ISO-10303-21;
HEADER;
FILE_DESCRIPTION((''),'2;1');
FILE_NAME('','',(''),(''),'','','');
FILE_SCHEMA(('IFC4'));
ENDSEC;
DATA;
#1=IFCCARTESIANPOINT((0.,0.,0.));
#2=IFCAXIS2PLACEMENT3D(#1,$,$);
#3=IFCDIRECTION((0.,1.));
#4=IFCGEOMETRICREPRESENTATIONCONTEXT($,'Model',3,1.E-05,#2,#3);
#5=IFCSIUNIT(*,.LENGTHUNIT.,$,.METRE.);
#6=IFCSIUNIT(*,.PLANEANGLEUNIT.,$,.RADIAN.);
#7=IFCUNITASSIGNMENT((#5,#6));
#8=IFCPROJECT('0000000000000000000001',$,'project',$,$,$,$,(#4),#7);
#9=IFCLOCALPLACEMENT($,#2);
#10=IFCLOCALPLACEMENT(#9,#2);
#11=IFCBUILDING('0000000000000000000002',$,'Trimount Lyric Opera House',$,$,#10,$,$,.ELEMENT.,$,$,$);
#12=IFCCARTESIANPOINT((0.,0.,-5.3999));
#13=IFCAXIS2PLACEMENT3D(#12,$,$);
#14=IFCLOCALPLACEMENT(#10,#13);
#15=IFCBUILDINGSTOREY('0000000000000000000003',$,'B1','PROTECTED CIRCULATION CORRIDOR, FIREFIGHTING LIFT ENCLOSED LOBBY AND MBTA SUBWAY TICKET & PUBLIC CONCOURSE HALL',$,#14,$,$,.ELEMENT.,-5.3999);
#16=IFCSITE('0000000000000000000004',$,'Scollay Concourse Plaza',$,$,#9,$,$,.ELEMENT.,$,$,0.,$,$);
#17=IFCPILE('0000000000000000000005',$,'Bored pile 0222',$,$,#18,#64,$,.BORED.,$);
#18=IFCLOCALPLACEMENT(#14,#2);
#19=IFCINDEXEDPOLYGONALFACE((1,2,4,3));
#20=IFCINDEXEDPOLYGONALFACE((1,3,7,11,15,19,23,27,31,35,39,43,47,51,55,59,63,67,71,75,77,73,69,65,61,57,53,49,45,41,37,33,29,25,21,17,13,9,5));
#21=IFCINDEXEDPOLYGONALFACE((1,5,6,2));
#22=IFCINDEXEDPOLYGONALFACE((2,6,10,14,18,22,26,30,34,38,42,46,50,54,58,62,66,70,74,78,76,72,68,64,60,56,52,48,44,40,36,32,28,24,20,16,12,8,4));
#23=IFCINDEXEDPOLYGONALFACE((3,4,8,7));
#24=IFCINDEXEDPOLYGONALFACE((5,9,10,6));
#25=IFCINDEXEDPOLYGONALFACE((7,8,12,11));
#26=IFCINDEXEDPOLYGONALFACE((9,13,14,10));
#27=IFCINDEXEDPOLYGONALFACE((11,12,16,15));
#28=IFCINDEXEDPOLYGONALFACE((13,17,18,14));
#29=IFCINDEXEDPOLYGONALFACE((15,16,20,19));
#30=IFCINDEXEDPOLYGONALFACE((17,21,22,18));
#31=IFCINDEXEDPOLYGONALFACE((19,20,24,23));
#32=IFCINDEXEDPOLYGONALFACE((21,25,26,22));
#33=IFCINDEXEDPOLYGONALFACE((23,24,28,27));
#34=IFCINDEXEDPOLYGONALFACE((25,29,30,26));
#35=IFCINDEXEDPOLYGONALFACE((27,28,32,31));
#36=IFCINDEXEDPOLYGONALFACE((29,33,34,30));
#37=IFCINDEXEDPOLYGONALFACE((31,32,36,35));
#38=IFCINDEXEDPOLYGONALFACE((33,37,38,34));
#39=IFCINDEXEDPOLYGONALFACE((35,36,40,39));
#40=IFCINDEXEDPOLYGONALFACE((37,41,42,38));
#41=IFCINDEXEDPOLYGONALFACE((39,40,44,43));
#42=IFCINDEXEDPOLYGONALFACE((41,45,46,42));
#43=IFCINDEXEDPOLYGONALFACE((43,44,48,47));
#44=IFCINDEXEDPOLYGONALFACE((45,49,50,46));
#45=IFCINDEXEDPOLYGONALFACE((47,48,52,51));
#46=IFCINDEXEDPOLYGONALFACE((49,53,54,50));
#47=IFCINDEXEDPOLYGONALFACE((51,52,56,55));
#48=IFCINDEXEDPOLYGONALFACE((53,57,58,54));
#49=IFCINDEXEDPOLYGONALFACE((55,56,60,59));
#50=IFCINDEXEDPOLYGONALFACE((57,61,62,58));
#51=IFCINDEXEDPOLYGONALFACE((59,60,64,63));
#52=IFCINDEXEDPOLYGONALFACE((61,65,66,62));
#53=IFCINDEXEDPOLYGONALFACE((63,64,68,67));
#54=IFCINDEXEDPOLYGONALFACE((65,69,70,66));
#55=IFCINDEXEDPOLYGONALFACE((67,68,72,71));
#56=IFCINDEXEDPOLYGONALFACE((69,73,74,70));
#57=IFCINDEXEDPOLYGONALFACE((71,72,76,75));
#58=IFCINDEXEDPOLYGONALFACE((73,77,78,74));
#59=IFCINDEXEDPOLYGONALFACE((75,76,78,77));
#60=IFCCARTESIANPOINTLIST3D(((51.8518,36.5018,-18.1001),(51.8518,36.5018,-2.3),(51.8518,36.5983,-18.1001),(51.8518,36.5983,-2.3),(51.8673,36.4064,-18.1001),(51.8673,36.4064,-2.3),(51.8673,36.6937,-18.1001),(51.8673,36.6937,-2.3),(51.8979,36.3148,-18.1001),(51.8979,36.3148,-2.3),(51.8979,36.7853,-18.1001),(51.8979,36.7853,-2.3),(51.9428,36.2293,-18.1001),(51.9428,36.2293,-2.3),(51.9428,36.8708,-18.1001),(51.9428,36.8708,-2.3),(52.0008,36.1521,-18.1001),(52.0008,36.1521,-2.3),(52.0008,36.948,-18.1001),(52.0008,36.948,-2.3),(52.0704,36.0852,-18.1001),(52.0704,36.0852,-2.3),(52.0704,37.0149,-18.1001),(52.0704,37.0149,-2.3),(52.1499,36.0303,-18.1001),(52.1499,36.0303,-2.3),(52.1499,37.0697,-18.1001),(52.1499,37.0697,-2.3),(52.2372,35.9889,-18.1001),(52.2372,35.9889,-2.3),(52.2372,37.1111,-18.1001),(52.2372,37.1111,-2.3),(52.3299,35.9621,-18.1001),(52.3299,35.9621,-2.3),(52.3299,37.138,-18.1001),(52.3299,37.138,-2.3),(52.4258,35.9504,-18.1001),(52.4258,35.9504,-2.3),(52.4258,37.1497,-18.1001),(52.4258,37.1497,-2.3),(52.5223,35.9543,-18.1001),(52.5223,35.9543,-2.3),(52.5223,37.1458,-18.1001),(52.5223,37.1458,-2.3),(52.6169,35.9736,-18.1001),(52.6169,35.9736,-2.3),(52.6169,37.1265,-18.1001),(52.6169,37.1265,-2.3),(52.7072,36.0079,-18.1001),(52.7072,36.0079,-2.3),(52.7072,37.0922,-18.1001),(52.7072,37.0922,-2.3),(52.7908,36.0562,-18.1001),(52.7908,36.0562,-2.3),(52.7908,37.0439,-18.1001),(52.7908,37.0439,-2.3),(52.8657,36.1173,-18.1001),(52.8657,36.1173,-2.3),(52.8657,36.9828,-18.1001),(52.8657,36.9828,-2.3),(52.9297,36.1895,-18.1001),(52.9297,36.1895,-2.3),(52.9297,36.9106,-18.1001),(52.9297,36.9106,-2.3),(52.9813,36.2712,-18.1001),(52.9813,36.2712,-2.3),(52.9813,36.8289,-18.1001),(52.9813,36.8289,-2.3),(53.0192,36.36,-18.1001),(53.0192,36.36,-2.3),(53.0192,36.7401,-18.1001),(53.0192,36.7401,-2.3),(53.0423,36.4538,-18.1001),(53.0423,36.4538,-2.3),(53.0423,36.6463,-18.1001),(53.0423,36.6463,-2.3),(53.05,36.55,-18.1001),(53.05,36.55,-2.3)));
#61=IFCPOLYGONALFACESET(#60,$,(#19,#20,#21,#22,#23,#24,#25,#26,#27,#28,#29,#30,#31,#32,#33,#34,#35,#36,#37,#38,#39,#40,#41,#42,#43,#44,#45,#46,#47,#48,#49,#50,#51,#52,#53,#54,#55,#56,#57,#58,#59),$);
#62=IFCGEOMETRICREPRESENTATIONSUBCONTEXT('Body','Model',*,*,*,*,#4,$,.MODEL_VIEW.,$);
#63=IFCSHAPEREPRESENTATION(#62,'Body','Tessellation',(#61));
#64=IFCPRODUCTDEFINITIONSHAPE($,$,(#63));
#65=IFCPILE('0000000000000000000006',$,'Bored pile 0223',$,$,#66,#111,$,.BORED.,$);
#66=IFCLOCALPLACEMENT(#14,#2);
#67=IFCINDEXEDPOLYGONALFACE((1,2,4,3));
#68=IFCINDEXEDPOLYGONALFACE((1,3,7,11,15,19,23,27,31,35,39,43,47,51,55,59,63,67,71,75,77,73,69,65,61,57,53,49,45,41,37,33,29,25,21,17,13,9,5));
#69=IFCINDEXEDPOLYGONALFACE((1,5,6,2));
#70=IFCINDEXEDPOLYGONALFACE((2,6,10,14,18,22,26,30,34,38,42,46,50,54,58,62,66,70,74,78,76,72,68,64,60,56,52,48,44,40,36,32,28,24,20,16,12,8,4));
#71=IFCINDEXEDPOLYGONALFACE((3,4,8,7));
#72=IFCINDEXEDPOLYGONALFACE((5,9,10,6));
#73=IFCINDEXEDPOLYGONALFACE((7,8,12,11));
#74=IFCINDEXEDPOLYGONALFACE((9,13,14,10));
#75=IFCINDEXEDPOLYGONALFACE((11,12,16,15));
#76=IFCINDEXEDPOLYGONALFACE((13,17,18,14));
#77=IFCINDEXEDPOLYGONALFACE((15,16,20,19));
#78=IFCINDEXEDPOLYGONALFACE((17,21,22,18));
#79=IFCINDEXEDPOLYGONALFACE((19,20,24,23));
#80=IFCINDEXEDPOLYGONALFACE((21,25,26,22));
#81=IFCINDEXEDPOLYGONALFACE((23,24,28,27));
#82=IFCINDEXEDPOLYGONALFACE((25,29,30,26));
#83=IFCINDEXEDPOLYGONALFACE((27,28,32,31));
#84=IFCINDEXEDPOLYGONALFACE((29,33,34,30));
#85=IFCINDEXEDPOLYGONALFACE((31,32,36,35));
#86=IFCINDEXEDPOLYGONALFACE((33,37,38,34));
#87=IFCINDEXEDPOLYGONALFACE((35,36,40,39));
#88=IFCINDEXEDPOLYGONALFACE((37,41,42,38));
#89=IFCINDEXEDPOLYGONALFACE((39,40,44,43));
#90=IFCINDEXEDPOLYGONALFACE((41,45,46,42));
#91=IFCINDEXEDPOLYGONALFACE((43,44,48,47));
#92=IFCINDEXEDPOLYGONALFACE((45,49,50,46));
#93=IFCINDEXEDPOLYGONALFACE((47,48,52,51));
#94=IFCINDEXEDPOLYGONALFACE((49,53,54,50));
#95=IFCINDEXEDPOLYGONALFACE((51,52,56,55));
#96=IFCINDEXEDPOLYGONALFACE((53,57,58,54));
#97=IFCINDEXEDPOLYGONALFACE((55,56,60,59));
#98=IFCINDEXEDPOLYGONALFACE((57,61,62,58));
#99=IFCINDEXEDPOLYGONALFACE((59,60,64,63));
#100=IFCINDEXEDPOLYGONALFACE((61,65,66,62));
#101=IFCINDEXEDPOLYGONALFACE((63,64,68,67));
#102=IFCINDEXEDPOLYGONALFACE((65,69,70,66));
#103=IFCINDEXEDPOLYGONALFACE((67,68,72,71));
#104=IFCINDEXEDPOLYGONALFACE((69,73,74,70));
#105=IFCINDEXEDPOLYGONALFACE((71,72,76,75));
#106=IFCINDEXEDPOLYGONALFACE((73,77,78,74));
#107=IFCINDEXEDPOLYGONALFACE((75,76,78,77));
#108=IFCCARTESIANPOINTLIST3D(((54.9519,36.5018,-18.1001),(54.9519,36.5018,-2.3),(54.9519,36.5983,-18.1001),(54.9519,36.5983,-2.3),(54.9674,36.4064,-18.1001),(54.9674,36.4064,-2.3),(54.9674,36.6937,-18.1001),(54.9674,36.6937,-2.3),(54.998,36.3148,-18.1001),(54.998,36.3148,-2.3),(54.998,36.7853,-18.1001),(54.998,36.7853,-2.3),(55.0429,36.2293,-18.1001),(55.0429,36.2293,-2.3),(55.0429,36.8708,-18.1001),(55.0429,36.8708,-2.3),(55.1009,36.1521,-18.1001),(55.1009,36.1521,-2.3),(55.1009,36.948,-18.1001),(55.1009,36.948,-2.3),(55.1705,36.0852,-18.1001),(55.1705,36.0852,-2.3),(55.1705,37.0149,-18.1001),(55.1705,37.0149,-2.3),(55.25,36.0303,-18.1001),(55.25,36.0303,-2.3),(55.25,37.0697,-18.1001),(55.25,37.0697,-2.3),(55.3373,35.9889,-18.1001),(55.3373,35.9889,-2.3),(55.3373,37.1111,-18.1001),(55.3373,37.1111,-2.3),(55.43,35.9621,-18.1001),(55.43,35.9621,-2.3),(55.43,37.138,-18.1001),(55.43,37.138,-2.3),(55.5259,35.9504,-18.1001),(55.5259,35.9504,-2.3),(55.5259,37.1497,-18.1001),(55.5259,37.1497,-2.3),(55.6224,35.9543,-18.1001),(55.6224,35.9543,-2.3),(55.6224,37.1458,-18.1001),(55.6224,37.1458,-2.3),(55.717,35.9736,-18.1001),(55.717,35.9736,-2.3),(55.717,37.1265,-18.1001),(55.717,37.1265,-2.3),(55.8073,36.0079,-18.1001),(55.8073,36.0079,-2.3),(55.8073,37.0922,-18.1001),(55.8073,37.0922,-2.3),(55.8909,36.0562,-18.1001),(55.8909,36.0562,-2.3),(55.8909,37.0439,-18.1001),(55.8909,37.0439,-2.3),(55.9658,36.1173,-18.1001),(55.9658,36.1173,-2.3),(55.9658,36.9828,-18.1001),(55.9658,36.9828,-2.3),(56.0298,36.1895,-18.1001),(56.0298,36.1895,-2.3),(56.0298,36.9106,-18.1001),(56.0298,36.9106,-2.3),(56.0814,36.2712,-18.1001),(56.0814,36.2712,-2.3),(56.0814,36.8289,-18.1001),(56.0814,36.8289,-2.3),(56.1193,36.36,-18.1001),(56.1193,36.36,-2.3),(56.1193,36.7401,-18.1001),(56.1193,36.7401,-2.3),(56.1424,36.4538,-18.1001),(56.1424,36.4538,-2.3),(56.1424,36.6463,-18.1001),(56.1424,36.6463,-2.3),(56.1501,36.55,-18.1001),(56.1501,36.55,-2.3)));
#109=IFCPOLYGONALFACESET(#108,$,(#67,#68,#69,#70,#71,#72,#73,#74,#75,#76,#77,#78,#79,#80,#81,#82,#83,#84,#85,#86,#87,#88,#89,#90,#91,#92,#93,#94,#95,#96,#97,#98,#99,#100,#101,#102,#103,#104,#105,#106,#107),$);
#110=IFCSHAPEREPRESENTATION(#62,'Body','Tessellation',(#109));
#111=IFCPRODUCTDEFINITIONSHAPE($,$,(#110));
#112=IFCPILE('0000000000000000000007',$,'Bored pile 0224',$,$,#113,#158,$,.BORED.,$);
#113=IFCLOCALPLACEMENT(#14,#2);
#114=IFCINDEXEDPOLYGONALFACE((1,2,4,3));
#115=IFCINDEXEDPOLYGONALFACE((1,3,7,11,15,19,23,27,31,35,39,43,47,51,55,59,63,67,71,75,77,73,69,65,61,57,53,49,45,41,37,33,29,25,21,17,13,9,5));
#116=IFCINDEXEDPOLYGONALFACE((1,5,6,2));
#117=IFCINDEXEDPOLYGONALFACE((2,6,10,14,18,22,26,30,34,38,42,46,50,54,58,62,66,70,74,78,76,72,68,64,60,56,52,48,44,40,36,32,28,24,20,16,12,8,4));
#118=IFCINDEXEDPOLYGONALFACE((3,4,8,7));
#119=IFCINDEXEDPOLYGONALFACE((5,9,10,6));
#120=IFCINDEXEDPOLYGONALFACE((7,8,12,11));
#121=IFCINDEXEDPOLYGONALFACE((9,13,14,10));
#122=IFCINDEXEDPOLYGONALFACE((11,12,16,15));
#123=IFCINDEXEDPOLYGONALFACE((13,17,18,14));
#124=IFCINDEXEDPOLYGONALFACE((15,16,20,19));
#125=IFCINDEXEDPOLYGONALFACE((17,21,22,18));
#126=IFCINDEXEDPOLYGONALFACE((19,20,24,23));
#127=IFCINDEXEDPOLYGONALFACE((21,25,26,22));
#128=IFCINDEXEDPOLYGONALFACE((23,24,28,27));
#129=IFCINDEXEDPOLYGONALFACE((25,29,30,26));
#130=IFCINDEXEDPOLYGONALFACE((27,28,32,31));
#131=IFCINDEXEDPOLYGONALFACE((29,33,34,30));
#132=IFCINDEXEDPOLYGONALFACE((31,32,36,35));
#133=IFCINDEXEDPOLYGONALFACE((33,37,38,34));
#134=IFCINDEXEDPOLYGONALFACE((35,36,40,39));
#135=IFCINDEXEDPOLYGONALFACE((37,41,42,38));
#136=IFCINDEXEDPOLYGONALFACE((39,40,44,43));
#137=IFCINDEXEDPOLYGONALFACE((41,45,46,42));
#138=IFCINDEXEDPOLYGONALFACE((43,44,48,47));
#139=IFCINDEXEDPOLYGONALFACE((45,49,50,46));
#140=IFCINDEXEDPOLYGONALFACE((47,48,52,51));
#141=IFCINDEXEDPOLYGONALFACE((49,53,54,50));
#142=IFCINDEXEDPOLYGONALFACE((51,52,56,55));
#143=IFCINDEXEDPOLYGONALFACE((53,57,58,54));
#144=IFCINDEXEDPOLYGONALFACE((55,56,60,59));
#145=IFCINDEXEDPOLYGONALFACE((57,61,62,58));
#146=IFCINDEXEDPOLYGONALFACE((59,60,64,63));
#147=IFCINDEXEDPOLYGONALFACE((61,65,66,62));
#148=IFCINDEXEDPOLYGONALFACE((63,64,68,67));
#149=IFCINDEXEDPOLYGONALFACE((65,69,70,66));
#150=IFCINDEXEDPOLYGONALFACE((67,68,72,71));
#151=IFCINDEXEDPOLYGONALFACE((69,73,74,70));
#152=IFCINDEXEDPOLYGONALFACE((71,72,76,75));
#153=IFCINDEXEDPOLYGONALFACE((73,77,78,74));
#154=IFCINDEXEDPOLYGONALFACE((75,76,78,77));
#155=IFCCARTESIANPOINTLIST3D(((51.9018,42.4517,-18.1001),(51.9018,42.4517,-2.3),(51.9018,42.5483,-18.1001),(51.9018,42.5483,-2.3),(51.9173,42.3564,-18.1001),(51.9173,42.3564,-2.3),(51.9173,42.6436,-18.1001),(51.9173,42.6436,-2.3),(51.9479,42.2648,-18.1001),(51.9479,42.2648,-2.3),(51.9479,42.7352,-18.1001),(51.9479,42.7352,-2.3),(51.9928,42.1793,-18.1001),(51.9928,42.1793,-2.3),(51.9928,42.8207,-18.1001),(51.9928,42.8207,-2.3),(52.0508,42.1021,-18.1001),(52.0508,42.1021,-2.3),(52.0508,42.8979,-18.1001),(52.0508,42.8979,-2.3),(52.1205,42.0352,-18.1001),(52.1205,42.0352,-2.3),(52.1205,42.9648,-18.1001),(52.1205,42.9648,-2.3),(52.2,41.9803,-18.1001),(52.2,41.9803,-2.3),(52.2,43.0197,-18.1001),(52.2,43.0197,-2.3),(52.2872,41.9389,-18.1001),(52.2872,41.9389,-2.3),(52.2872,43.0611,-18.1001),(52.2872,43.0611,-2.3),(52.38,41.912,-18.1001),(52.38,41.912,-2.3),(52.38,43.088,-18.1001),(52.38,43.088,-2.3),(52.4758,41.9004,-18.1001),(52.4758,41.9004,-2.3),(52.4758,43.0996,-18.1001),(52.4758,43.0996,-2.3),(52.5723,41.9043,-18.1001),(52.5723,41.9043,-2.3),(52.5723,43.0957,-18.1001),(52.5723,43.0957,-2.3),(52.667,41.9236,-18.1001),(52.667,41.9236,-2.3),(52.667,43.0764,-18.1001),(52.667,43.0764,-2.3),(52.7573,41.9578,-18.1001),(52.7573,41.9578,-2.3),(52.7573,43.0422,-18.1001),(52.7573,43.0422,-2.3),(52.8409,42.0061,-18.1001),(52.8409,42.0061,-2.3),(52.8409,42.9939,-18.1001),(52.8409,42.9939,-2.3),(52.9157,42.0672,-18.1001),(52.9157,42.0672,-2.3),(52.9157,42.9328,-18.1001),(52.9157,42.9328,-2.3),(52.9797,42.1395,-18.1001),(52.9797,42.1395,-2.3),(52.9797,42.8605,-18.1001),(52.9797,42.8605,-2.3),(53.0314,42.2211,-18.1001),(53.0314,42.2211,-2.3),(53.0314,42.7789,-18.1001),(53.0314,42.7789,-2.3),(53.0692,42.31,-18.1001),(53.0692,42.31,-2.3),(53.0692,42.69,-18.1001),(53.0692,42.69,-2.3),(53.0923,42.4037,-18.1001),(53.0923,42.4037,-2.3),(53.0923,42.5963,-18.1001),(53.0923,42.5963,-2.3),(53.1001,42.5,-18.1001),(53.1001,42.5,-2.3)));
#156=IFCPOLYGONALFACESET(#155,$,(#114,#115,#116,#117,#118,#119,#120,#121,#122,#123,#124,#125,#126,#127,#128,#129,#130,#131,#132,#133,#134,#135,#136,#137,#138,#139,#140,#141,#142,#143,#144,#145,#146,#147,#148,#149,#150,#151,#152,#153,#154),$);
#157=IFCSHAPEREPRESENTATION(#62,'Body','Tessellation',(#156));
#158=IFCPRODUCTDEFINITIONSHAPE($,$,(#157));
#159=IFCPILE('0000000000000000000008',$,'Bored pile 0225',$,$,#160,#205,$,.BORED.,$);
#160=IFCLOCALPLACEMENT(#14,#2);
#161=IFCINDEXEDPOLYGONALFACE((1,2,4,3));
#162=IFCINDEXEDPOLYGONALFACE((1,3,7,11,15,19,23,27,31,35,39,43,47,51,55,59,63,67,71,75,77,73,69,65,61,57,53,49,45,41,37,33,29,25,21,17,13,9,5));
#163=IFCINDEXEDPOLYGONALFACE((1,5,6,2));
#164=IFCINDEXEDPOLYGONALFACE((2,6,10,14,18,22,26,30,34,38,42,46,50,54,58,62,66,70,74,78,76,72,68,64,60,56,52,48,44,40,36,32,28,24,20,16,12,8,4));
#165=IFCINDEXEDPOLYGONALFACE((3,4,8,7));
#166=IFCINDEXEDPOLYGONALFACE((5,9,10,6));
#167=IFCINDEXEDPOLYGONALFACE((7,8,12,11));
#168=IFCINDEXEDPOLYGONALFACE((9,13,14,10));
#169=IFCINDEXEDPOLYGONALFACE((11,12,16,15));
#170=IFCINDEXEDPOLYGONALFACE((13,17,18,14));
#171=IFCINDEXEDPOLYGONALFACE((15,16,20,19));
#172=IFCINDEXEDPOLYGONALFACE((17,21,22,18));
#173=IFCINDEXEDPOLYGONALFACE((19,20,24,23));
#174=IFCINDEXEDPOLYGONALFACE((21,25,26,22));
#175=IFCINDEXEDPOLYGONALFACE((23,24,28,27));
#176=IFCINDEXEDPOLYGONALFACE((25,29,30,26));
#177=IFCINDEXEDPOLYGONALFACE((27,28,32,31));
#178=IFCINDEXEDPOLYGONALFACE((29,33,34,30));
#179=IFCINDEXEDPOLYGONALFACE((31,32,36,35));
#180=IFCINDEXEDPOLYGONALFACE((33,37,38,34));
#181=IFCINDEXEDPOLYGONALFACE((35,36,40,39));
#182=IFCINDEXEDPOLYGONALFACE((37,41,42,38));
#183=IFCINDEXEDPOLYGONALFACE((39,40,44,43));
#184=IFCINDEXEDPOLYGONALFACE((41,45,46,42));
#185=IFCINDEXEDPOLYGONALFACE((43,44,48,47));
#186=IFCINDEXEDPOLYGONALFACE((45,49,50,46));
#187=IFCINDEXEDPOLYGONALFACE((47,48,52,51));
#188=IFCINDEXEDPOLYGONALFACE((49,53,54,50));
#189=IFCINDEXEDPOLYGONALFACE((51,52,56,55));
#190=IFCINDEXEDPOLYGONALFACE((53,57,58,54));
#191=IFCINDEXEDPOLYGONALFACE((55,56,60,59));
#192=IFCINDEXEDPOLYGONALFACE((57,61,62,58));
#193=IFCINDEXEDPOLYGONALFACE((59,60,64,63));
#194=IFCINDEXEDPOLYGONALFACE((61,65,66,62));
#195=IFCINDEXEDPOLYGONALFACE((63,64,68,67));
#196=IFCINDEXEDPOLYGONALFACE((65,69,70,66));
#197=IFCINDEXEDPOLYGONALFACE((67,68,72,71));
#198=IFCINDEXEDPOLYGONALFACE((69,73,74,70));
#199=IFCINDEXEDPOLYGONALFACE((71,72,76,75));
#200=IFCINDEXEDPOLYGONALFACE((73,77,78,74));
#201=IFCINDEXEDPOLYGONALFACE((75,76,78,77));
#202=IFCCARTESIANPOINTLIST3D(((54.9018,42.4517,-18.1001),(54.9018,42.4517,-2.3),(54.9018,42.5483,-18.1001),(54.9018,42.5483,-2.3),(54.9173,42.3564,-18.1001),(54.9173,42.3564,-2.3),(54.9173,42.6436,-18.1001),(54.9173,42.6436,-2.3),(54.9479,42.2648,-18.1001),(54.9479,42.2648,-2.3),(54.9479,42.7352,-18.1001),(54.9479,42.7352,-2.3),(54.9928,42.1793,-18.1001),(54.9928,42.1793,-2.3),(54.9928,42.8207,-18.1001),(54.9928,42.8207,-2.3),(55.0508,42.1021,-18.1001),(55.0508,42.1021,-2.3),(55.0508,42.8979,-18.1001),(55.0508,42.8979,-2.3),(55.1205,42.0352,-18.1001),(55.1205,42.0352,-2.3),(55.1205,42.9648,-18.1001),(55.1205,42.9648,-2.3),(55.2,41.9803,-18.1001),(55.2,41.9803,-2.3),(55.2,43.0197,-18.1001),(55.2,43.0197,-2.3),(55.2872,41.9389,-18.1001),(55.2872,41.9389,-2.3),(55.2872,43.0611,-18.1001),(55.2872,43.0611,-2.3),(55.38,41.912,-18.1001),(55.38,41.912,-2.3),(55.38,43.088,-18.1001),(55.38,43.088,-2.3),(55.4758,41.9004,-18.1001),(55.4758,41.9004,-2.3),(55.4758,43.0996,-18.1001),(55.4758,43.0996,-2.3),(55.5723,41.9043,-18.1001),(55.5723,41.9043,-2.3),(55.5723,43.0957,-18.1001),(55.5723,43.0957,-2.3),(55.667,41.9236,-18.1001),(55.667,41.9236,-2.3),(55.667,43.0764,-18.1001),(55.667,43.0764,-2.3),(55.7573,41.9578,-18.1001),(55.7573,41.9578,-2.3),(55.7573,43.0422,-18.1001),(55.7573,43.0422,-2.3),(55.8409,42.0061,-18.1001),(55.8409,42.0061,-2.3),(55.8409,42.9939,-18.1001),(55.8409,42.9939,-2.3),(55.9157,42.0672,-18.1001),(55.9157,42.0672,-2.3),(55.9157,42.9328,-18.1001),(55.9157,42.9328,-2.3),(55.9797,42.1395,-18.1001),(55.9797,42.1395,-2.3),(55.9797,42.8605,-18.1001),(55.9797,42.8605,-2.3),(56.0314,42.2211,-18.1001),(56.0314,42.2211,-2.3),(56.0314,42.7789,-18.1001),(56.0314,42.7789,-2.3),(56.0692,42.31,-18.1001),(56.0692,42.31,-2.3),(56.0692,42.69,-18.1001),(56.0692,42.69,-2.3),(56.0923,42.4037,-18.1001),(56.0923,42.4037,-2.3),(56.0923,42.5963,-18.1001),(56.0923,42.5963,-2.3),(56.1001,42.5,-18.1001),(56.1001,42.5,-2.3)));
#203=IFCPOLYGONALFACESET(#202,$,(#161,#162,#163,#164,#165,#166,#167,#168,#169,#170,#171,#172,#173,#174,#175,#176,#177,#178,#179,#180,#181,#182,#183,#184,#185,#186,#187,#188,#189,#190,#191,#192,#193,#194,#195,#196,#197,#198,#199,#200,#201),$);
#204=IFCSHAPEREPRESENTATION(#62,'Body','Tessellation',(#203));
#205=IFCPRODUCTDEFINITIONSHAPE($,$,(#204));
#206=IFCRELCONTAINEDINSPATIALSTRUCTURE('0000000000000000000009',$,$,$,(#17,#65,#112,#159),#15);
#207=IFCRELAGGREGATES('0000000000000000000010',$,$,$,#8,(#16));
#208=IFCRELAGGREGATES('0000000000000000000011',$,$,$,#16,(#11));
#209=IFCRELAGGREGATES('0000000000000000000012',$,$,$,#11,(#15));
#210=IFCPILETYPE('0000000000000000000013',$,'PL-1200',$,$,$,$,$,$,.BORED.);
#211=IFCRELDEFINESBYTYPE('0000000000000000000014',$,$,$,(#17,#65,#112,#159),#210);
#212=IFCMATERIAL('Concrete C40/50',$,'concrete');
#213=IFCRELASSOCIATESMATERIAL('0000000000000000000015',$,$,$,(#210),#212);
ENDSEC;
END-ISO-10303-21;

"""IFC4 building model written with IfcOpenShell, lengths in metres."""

from ifc_helpers import new_model, si_unit, direction, frame, origin, origin_2d, place, context, subcontext, project, spatial, circle, extrude, material, material_profile, profile_set, type_object, element, save


model = new_model("IFC4")

# Units and contexts
model_context = context("Model", 3, precision=1e-05, world=origin(), true_north=direction((0.0, 1.0)))
body_context = subcontext(model_context, "Body", "Model", "MODEL_VIEW")
ifc_project = project(units=[si_unit("LENGTHUNIT", "METRE"), si_unit("PLANEANGLEUNIT", "RADIAN")], contexts=[model_context])

# Site, building, storey
site_placement = place(None, origin())
site = spatial("IfcSite", under=ifc_project, at=site_placement, Name="Scollay Concourse Plaza", CompositionType="ELEMENT", RefElevation=0.0)
building_placement = place(site_placement, origin())
building = spatial("IfcBuilding", under=site, at=building_placement, Name="Trimount Lyric Opera House", CompositionType="ELEMENT")
storey_placement = place(building_placement, frame((0.0, 0.0, -5.3999)))
storey = spatial("IfcBuildingStorey", under=building, at=storey_placement, Name="B1", Description="PROTECTED CIRCULATION CORRIDOR, FIREFIGHTING LIFT ENCLOSED LOBBY AND MBTA SUBWAY TICKET & PUBLIC CONCOURSE HALL", CompositionType="ELEMENT", Elevation=-5.3999)

# Piles
ifc_material_1 = material(Name="Concrete C40/50", Category="concrete")
ifc_material_profile_1 = material_profile(ifc_material_1, circle(Radius=0.6001, at=origin_2d()), Name="PILE-D1200")
ifc_profile_set_1 = profile_set([ifc_material_profile_1], Name="Concrete C40/50")
pile_type_1 = type_object("IfcPileType", Name="PL-1200", PredefinedType="BORED", material=ifc_profile_set_1)
for number, where, z_axis, x_axis, name in (
    (1, (52.45, 36.55, -2.3), (0.0, 0.0, -1.0), (1.0, 0.0, 0.0), "Bored pile 0222"),
    (2, (55.55, 36.55, -2.3), (0.0, 0.0, -1.0), (1.0, 0.0, 0.0), "Bored pile 0223"),
    (3, (52.5, 42.5, -2.3), (0.0, 0.0, -1.0), (1.0, 0.0, 0.0), "Bored pile 0224"),
    (4, (55.5, 42.5, -2.3), (0.0, 0.0, -1.0), (1.0, 0.0, 0.0), "Bored pile 0225"),
):
    element("IfcPile", number, at=place(storey_placement, frame(where, z_axis=z_axis, x_axis=x_axis)), inside=storey, type_object=pile_type_1, Name=name, PredefinedType="BORED", context=body_context, shape_type="SweptSolid", body=[
        extrude(circle(Radius=0.6001, at=origin_2d()), origin(), (0.0, 0.0, 1.0), 15.8),
    ])

save(model, "model.ifc")
